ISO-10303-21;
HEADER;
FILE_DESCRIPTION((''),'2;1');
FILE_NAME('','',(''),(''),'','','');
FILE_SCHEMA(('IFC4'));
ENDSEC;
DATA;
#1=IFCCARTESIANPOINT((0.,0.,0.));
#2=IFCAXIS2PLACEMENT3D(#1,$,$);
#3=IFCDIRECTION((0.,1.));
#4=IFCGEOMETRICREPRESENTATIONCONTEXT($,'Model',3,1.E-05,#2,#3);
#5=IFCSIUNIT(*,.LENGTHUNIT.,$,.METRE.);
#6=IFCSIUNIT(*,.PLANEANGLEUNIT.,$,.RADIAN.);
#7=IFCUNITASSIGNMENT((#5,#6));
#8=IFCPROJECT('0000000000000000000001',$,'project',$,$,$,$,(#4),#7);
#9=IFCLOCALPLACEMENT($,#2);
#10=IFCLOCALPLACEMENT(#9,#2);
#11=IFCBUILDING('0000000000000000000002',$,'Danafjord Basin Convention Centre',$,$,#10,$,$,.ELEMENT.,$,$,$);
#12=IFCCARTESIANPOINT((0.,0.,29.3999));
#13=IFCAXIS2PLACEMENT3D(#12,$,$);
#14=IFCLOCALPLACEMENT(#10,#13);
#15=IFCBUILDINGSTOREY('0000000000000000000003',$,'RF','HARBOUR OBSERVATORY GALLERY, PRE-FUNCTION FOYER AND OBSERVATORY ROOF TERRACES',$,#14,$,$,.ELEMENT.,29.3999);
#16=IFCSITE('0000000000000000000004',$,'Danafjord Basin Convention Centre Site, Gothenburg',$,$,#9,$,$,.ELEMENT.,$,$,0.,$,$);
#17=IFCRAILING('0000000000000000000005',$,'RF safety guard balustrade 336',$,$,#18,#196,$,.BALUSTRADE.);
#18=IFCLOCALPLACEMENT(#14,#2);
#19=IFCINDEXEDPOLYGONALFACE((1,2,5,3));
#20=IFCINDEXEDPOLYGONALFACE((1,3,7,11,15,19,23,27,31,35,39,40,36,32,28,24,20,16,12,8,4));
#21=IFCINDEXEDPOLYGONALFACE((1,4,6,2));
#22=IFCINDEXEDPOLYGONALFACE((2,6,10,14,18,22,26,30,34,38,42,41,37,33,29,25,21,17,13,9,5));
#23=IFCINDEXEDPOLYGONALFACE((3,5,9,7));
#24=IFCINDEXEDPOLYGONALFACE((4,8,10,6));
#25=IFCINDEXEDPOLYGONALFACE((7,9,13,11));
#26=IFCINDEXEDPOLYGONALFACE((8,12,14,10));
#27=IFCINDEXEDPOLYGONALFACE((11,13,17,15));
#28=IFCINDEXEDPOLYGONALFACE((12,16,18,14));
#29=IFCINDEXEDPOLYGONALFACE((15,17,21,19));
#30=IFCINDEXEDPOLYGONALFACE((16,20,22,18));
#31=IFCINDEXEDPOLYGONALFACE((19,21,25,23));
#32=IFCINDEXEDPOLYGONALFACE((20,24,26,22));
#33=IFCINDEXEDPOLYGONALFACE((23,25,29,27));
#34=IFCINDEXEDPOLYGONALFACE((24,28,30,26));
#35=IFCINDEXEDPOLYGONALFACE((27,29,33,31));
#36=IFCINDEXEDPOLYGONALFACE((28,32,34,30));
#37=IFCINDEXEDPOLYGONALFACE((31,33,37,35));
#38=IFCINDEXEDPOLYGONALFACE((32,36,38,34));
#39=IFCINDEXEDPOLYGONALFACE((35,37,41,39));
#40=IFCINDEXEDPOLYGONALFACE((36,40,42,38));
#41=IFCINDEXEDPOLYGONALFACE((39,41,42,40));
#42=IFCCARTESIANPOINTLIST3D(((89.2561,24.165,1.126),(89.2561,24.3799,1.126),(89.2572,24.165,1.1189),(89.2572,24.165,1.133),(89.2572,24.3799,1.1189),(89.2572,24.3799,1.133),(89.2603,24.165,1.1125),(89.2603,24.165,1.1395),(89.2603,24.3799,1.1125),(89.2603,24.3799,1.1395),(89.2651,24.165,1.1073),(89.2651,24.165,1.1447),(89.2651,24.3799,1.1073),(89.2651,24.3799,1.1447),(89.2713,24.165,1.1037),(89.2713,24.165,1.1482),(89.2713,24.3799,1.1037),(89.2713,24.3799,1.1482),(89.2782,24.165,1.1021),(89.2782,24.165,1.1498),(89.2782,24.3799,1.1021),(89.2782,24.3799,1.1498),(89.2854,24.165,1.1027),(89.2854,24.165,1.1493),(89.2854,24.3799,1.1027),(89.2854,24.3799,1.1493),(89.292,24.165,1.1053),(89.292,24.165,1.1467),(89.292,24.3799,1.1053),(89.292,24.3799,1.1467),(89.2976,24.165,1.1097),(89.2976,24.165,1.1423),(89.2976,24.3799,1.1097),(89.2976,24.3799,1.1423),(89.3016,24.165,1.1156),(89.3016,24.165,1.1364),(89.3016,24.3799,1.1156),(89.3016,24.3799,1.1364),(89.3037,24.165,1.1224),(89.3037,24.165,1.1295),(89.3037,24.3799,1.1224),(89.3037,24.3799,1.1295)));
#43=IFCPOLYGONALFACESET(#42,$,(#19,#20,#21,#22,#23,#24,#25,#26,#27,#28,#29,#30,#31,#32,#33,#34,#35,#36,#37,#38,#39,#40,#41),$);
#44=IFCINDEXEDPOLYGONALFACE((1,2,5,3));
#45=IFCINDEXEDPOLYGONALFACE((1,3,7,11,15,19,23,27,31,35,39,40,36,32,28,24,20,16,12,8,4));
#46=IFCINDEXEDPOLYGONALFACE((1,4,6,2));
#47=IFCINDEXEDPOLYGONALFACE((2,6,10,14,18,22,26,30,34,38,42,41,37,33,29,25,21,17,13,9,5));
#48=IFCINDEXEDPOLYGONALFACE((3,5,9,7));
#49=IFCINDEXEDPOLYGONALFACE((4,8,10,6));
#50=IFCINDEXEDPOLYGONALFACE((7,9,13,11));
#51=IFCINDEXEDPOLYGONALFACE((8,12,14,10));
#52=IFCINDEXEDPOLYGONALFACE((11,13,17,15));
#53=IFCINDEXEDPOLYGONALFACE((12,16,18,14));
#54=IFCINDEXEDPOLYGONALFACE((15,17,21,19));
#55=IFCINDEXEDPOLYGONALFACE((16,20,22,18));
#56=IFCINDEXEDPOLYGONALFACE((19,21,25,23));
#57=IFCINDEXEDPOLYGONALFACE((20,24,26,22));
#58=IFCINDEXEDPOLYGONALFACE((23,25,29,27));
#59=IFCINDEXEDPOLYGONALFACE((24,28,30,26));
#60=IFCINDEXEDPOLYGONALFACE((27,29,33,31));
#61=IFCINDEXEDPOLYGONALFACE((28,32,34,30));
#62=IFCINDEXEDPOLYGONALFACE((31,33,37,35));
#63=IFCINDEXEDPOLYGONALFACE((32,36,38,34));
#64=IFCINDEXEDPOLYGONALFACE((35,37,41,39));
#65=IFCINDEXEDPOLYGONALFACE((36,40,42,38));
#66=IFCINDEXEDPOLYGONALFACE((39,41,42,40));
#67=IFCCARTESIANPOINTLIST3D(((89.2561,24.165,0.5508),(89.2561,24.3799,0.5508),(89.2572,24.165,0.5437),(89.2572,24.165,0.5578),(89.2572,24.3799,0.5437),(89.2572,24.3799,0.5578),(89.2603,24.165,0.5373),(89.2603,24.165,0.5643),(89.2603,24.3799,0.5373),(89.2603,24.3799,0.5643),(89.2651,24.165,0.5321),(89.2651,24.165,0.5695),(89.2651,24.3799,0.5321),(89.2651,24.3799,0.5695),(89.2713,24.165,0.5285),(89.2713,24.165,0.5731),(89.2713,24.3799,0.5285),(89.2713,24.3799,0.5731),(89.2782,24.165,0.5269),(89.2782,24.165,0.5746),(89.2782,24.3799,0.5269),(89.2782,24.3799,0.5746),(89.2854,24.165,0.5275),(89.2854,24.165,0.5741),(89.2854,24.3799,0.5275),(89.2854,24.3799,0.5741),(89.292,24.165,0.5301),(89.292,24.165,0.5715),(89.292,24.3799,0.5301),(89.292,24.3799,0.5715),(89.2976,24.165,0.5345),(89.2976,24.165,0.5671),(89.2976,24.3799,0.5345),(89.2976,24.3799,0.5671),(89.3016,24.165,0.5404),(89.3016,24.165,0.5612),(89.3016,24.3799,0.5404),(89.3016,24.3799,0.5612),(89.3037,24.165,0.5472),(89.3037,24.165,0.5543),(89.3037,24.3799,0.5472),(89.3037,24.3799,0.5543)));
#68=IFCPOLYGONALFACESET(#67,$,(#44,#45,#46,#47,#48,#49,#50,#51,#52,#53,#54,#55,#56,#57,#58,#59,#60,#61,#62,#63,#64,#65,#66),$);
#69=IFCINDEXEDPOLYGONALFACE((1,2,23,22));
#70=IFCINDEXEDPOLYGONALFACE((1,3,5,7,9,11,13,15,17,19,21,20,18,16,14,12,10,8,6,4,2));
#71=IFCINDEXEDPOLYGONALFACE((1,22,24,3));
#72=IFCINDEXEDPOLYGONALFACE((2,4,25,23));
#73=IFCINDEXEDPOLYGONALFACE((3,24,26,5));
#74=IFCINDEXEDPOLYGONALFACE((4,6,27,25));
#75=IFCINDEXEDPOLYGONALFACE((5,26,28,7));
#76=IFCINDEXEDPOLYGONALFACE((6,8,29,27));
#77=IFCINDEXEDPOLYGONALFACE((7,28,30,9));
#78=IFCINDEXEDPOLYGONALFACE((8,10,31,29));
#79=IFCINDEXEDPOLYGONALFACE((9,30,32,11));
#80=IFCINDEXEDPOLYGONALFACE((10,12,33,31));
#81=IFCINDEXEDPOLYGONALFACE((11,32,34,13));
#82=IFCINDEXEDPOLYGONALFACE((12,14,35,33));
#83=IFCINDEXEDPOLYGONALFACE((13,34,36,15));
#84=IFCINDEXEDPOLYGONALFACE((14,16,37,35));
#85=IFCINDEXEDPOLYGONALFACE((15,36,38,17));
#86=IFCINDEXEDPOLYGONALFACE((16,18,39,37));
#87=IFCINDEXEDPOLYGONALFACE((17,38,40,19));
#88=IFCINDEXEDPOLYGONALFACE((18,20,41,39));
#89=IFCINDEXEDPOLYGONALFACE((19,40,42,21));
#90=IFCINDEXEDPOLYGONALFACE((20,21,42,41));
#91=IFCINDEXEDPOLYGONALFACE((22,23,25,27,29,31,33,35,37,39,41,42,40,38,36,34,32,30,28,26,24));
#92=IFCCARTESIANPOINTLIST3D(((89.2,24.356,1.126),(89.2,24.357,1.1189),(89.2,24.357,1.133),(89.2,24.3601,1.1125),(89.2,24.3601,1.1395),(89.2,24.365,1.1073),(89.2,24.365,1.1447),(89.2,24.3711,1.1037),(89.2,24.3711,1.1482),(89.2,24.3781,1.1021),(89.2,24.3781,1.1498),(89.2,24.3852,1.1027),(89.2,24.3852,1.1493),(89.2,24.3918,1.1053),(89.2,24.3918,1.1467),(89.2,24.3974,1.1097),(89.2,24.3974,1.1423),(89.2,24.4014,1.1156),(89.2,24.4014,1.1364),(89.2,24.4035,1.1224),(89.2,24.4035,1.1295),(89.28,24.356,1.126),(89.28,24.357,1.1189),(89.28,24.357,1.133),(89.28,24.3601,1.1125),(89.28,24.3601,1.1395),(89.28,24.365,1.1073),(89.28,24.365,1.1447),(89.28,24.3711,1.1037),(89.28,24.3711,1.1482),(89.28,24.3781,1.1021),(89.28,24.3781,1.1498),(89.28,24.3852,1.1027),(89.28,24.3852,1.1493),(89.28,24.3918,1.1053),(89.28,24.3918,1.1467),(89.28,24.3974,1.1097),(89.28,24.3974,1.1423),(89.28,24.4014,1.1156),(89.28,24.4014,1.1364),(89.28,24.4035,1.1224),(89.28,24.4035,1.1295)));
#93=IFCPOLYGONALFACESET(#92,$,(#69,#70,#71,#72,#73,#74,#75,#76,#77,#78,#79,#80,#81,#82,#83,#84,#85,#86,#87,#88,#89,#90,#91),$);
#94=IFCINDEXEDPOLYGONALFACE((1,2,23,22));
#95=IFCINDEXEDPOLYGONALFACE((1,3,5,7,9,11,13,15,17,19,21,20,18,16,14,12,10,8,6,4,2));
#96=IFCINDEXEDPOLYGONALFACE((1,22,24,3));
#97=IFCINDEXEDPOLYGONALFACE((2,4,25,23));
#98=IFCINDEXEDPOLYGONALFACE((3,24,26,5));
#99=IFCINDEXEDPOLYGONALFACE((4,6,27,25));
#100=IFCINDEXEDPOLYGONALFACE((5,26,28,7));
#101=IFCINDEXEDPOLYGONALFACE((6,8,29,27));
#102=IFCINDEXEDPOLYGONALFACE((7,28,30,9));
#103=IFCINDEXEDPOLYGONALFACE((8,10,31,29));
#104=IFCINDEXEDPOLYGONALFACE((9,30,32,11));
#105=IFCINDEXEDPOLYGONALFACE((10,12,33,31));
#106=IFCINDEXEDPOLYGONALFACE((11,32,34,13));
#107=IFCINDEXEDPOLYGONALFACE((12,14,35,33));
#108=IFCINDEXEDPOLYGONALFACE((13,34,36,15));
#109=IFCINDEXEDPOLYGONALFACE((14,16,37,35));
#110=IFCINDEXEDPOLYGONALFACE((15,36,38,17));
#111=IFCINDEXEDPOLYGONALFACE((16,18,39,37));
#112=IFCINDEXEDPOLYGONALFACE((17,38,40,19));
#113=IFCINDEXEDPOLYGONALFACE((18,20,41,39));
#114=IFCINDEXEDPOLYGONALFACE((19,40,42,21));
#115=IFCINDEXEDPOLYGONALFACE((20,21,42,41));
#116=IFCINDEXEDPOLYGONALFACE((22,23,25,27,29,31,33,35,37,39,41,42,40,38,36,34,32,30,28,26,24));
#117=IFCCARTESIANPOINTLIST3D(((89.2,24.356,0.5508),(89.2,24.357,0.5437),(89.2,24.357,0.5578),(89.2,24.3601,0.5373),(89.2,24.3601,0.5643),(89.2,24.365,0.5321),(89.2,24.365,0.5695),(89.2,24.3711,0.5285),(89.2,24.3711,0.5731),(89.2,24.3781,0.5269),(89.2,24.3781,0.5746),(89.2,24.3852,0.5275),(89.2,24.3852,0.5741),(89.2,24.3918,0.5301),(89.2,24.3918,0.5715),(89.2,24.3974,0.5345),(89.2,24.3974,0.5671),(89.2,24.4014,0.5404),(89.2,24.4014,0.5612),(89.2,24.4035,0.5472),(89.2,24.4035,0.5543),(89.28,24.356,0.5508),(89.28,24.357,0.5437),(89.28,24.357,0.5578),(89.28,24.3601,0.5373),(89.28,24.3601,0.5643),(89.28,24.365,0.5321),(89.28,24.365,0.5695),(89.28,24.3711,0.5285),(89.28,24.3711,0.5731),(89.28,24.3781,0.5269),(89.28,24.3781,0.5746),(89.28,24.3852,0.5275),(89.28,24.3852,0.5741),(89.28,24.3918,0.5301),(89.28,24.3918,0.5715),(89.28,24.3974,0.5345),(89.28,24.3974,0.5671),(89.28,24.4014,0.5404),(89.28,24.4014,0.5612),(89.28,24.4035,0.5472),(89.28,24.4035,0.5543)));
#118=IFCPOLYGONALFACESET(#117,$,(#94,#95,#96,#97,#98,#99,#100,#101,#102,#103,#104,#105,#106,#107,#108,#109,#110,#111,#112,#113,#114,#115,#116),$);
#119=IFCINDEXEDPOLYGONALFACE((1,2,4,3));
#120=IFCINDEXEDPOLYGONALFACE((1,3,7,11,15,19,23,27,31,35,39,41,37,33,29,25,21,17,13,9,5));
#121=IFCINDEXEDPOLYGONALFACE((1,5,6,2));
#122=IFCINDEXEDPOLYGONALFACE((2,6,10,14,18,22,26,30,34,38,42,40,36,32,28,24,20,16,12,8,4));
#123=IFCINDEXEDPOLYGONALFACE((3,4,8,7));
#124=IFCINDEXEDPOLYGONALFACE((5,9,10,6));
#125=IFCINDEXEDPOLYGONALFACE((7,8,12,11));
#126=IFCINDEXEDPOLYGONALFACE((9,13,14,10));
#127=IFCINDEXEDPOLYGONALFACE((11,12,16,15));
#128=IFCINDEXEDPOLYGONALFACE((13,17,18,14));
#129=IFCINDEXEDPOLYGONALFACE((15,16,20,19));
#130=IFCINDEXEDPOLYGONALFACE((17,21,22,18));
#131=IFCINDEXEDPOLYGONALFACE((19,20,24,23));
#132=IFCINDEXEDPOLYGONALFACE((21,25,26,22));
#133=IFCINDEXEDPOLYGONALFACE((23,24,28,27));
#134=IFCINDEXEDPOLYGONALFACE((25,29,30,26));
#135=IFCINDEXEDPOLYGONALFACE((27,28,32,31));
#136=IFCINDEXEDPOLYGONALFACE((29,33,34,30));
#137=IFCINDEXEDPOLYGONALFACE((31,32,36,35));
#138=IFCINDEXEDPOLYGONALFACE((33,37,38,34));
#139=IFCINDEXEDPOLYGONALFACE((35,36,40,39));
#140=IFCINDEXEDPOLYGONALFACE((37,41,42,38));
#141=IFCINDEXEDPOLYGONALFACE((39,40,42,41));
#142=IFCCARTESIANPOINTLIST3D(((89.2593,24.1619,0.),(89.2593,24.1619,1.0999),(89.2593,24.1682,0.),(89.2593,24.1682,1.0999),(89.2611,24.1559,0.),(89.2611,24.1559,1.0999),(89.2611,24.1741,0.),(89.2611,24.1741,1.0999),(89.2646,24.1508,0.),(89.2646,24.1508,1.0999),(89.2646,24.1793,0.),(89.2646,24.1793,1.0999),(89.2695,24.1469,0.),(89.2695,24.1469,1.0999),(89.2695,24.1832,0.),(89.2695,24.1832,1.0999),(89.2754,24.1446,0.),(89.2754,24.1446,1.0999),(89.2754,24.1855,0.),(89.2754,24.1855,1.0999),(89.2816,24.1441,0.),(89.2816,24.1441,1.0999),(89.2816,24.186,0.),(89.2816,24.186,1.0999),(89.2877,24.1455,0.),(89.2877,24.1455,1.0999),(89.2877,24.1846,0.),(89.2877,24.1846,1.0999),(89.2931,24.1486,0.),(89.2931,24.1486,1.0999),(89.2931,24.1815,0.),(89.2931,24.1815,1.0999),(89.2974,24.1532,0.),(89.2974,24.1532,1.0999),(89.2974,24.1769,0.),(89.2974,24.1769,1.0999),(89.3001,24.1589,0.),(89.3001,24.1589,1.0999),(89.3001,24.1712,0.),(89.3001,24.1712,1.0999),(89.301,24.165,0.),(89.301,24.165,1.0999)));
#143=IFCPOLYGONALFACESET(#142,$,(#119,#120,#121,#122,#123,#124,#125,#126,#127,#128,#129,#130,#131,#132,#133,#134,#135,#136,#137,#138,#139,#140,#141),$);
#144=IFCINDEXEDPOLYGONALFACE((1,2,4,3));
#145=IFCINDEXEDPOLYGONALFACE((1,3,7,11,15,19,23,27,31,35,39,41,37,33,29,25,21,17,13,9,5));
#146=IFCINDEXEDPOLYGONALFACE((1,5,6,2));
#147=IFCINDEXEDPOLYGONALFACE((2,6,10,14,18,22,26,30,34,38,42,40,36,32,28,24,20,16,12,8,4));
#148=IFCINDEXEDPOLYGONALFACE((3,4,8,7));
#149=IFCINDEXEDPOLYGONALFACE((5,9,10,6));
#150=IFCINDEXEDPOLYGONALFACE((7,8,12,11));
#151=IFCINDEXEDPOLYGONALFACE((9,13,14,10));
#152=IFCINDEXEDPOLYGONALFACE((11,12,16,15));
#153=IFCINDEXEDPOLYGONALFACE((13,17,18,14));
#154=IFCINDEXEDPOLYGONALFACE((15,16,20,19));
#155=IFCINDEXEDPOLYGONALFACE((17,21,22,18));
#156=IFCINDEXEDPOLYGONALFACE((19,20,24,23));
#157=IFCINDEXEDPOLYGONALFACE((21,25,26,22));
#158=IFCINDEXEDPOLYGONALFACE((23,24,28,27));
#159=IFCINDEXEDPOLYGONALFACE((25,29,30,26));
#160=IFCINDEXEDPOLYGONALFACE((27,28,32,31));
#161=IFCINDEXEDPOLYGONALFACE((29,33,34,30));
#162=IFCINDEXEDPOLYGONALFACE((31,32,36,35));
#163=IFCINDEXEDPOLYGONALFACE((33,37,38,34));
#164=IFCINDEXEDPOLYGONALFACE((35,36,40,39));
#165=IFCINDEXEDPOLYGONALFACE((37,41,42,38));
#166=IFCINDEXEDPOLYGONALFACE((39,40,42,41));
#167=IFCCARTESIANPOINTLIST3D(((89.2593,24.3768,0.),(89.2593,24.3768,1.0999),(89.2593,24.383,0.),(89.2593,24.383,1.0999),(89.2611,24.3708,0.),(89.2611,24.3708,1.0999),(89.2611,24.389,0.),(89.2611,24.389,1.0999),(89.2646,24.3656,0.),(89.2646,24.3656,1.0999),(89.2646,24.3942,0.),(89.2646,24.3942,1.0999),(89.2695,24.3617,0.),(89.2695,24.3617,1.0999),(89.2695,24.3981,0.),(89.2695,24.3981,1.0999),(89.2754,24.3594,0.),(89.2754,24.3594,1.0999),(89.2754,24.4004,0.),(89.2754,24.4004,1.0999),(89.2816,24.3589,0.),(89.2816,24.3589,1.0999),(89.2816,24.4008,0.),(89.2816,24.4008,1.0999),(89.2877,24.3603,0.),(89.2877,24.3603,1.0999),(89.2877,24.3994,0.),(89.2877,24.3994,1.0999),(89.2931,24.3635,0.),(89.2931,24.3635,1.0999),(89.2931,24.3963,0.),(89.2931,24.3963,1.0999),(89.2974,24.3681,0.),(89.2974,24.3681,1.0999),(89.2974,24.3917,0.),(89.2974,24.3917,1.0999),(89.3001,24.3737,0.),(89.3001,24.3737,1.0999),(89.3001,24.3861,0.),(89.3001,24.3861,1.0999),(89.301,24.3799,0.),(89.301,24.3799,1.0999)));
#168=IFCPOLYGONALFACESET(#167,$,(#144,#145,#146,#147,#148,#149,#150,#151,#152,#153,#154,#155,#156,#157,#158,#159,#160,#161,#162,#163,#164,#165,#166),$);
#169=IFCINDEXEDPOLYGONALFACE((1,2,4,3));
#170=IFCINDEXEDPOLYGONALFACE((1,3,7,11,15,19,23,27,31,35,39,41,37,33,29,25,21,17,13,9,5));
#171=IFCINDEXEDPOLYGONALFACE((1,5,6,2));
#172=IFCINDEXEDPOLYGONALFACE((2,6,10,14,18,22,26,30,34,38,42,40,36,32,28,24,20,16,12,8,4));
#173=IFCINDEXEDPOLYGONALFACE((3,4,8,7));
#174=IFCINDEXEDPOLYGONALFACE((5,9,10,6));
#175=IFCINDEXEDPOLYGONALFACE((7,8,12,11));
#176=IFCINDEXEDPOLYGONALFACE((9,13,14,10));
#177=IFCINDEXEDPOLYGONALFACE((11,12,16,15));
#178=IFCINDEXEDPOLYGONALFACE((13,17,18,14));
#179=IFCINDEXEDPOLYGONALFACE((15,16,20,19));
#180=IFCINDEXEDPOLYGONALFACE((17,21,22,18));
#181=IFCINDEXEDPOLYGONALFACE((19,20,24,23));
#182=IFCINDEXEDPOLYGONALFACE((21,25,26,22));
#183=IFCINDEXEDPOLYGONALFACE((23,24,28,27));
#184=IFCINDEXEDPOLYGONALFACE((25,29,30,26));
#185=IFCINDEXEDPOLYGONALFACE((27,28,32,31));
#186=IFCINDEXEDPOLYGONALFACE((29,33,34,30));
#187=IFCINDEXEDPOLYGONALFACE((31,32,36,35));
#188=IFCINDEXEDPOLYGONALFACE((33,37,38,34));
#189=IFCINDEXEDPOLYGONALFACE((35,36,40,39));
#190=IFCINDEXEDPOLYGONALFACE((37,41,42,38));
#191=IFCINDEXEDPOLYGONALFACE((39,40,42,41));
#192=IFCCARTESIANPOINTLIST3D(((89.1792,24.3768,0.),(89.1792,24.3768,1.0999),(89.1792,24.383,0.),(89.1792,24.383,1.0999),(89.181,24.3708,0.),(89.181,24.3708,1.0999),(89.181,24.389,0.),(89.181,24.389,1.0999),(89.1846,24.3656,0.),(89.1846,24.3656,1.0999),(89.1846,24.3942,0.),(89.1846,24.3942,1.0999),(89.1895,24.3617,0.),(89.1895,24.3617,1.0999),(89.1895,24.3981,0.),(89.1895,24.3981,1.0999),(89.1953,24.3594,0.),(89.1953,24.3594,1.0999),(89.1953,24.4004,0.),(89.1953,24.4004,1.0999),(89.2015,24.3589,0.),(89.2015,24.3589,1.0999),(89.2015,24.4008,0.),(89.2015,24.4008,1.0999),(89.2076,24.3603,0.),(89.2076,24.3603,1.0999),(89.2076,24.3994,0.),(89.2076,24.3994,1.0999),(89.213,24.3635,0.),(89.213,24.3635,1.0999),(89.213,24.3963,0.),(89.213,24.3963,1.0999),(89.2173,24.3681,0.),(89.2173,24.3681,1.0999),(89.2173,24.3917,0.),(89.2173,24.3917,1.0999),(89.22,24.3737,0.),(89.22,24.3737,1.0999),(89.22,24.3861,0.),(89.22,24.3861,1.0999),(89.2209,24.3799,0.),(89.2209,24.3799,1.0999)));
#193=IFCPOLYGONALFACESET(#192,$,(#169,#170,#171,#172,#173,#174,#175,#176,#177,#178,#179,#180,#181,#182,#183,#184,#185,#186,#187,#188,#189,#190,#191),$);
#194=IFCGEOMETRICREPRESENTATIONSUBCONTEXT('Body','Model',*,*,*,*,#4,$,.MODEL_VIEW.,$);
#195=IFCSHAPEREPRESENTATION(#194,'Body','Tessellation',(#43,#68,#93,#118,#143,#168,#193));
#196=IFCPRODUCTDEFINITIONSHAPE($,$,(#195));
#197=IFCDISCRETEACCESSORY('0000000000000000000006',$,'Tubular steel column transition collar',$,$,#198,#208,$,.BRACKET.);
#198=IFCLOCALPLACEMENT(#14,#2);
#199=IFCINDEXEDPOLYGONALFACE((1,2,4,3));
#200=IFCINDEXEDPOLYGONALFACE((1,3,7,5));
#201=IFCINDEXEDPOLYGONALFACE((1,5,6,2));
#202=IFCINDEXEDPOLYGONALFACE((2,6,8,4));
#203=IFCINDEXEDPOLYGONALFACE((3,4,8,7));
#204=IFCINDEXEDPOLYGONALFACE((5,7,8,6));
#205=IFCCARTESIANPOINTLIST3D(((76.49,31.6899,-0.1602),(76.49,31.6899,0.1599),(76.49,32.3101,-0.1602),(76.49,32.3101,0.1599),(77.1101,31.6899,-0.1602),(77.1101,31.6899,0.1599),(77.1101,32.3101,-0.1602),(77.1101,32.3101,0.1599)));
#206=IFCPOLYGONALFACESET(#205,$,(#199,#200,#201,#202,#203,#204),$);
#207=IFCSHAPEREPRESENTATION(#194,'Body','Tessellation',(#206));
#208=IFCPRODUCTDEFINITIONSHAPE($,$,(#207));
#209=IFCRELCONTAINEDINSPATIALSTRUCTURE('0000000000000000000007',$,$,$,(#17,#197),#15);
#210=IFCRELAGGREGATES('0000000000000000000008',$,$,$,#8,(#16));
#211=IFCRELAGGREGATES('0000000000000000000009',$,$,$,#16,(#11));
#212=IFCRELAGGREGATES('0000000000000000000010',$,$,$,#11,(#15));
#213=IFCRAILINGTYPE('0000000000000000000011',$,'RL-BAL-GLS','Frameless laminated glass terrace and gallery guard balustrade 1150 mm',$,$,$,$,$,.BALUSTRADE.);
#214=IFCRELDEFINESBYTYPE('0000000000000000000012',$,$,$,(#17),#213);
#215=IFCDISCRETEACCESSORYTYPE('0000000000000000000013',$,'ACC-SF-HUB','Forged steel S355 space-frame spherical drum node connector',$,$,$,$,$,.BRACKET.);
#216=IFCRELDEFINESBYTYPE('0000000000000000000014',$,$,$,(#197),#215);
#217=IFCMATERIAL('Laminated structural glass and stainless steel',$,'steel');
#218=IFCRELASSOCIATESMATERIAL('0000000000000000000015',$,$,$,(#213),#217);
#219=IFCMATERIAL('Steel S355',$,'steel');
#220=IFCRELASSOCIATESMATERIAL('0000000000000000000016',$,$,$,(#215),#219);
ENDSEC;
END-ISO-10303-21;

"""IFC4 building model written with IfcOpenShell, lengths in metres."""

from ifc_helpers import new_model, si_unit, direction, frame, origin, origin_2d, place, context, subcontext, project, spatial, rectangle, circle, extrude, material, type_object, element, save


model = new_model("IFC4")

# Units and contexts
model_context = context("Model", 3, precision=1e-05, world=origin(), true_north=direction((0.0, 1.0)))
body_context = subcontext(model_context, "Body", "Model", "MODEL_VIEW")
ifc_project = project(units=[si_unit("LENGTHUNIT", "METRE"), si_unit("PLANEANGLEUNIT", "RADIAN")], contexts=[model_context])

# Site, building, storey
site_placement = place(None, origin())
site = spatial("IfcSite", under=ifc_project, at=site_placement, Name="Danafjord Basin Convention Centre Site, Gothenburg", CompositionType="ELEMENT", RefElevation=0.0)
building_placement = place(site_placement, origin())
building = spatial("IfcBuilding", under=site, at=building_placement, Name="Danafjord Basin Convention Centre", CompositionType="ELEMENT")
storey_placement = place(building_placement, frame((0.0, 0.0, 29.3999)))
storey = spatial("IfcBuildingStorey", under=building, at=storey_placement, Name="RF", Description="HARBOUR OBSERVATORY GALLERY, PRE-FUNCTION FOYER AND OBSERVATORY ROOF TERRACES", CompositionType="ELEMENT", Elevation=29.3999)

# Shared definitions
ifc_material_1 = material(Name="Steel S355", Category="steel")

# Railing
ifc_material_2 = material(Name="Laminated structural glass and stainless steel", Category="steel")
railing_type = type_object("IfcRailingType", Name="RL-BAL-GLS", Description="Frameless laminated glass terrace and gallery guard balustrade 1150 mm", PredefinedType="BALUSTRADE", material=ifc_material_2)
railing_1_placement = place(storey_placement, frame((89.28, 24.165, 0.0)))
element("IfcRailing", 1, at=railing_1_placement, inside=storey, type_object=railing_type, Name="RF safety guard balustrade 336", PredefinedType="BALUSTRADE", context=body_context, shape_type="SweptSolid", body=[
    extrude(circle(Radius=0.0239, at=origin_2d()), frame((0.0, 0.0, 1.126), z_axis=(0.0, 1.0, 0.0), x_axis=(-1.0, 0.0, 0.0)), (0.0, 0.0, 1.0), 0.2148),
    extrude(circle(Radius=0.0239, at=origin_2d()), frame((0.0, 0.0, 0.5508), z_axis=(0.0, 1.0, 0.0), x_axis=(-1.0, 0.0, 0.0)), (0.0, 0.0, 1.0), 0.2148),
    extrude(circle(Radius=0.0239, at=origin_2d()), frame((0.0, 0.2148, 1.126), z_axis=(-1.0, 0.0, 0.0), x_axis=(0.0, -1.0, 0.0)), (0.0, 0.0, 1.0), 0.0801),
    extrude(circle(Radius=0.0239, at=origin_2d()), frame((0.0, 0.2148, 0.5508), z_axis=(-1.0, 0.0, 0.0), x_axis=(0.0, -1.0, 0.0)), (0.0, 0.0, 1.0), 0.0801),
    extrude(circle(Radius=0.021, at=origin_2d()), origin(), (0.0, 0.0, 1.0), 1.0999),
    extrude(circle(Radius=0.021, at=origin_2d()), frame((0.0, 0.2148, 0.0)), (0.0, 0.0, 1.0), 1.0999),
    extrude(circle(Radius=0.021, at=origin_2d()), frame((-0.0801, 0.2148, 0.0)), (0.0, 0.0, 1.0), 1.0999),
])

# Discrete accessory
discrete_accessory_type = type_object("IfcDiscreteAccessoryType", Name="ACC-SF-HUB", Description="Forged steel S355 space-frame spherical drum node connector", PredefinedType="BRACKET", material=ifc_material_1)
for number, where, z_axis, x_axis, name in (
    (2, (76.8, 32.0, -0.1602), (0.0, 0.0, 1.0), (1.0, 0.0, 0.0), "Tubular steel column transition collar"),
):
    element("IfcDiscreteAccessory", number, at=place(storey_placement, frame(where, z_axis=z_axis, x_axis=x_axis)), inside=storey, type_object=discrete_accessory_type, Name=name, PredefinedType="BRACKET", context=body_context, shape_type="SweptSolid", body=[
        extrude(rectangle(XDim=0.6201, YDim=0.6201, at=origin_2d()), origin(), (0.0, 0.0, 1.0), 0.3201),
    ])

save(model, "model.ifc")
